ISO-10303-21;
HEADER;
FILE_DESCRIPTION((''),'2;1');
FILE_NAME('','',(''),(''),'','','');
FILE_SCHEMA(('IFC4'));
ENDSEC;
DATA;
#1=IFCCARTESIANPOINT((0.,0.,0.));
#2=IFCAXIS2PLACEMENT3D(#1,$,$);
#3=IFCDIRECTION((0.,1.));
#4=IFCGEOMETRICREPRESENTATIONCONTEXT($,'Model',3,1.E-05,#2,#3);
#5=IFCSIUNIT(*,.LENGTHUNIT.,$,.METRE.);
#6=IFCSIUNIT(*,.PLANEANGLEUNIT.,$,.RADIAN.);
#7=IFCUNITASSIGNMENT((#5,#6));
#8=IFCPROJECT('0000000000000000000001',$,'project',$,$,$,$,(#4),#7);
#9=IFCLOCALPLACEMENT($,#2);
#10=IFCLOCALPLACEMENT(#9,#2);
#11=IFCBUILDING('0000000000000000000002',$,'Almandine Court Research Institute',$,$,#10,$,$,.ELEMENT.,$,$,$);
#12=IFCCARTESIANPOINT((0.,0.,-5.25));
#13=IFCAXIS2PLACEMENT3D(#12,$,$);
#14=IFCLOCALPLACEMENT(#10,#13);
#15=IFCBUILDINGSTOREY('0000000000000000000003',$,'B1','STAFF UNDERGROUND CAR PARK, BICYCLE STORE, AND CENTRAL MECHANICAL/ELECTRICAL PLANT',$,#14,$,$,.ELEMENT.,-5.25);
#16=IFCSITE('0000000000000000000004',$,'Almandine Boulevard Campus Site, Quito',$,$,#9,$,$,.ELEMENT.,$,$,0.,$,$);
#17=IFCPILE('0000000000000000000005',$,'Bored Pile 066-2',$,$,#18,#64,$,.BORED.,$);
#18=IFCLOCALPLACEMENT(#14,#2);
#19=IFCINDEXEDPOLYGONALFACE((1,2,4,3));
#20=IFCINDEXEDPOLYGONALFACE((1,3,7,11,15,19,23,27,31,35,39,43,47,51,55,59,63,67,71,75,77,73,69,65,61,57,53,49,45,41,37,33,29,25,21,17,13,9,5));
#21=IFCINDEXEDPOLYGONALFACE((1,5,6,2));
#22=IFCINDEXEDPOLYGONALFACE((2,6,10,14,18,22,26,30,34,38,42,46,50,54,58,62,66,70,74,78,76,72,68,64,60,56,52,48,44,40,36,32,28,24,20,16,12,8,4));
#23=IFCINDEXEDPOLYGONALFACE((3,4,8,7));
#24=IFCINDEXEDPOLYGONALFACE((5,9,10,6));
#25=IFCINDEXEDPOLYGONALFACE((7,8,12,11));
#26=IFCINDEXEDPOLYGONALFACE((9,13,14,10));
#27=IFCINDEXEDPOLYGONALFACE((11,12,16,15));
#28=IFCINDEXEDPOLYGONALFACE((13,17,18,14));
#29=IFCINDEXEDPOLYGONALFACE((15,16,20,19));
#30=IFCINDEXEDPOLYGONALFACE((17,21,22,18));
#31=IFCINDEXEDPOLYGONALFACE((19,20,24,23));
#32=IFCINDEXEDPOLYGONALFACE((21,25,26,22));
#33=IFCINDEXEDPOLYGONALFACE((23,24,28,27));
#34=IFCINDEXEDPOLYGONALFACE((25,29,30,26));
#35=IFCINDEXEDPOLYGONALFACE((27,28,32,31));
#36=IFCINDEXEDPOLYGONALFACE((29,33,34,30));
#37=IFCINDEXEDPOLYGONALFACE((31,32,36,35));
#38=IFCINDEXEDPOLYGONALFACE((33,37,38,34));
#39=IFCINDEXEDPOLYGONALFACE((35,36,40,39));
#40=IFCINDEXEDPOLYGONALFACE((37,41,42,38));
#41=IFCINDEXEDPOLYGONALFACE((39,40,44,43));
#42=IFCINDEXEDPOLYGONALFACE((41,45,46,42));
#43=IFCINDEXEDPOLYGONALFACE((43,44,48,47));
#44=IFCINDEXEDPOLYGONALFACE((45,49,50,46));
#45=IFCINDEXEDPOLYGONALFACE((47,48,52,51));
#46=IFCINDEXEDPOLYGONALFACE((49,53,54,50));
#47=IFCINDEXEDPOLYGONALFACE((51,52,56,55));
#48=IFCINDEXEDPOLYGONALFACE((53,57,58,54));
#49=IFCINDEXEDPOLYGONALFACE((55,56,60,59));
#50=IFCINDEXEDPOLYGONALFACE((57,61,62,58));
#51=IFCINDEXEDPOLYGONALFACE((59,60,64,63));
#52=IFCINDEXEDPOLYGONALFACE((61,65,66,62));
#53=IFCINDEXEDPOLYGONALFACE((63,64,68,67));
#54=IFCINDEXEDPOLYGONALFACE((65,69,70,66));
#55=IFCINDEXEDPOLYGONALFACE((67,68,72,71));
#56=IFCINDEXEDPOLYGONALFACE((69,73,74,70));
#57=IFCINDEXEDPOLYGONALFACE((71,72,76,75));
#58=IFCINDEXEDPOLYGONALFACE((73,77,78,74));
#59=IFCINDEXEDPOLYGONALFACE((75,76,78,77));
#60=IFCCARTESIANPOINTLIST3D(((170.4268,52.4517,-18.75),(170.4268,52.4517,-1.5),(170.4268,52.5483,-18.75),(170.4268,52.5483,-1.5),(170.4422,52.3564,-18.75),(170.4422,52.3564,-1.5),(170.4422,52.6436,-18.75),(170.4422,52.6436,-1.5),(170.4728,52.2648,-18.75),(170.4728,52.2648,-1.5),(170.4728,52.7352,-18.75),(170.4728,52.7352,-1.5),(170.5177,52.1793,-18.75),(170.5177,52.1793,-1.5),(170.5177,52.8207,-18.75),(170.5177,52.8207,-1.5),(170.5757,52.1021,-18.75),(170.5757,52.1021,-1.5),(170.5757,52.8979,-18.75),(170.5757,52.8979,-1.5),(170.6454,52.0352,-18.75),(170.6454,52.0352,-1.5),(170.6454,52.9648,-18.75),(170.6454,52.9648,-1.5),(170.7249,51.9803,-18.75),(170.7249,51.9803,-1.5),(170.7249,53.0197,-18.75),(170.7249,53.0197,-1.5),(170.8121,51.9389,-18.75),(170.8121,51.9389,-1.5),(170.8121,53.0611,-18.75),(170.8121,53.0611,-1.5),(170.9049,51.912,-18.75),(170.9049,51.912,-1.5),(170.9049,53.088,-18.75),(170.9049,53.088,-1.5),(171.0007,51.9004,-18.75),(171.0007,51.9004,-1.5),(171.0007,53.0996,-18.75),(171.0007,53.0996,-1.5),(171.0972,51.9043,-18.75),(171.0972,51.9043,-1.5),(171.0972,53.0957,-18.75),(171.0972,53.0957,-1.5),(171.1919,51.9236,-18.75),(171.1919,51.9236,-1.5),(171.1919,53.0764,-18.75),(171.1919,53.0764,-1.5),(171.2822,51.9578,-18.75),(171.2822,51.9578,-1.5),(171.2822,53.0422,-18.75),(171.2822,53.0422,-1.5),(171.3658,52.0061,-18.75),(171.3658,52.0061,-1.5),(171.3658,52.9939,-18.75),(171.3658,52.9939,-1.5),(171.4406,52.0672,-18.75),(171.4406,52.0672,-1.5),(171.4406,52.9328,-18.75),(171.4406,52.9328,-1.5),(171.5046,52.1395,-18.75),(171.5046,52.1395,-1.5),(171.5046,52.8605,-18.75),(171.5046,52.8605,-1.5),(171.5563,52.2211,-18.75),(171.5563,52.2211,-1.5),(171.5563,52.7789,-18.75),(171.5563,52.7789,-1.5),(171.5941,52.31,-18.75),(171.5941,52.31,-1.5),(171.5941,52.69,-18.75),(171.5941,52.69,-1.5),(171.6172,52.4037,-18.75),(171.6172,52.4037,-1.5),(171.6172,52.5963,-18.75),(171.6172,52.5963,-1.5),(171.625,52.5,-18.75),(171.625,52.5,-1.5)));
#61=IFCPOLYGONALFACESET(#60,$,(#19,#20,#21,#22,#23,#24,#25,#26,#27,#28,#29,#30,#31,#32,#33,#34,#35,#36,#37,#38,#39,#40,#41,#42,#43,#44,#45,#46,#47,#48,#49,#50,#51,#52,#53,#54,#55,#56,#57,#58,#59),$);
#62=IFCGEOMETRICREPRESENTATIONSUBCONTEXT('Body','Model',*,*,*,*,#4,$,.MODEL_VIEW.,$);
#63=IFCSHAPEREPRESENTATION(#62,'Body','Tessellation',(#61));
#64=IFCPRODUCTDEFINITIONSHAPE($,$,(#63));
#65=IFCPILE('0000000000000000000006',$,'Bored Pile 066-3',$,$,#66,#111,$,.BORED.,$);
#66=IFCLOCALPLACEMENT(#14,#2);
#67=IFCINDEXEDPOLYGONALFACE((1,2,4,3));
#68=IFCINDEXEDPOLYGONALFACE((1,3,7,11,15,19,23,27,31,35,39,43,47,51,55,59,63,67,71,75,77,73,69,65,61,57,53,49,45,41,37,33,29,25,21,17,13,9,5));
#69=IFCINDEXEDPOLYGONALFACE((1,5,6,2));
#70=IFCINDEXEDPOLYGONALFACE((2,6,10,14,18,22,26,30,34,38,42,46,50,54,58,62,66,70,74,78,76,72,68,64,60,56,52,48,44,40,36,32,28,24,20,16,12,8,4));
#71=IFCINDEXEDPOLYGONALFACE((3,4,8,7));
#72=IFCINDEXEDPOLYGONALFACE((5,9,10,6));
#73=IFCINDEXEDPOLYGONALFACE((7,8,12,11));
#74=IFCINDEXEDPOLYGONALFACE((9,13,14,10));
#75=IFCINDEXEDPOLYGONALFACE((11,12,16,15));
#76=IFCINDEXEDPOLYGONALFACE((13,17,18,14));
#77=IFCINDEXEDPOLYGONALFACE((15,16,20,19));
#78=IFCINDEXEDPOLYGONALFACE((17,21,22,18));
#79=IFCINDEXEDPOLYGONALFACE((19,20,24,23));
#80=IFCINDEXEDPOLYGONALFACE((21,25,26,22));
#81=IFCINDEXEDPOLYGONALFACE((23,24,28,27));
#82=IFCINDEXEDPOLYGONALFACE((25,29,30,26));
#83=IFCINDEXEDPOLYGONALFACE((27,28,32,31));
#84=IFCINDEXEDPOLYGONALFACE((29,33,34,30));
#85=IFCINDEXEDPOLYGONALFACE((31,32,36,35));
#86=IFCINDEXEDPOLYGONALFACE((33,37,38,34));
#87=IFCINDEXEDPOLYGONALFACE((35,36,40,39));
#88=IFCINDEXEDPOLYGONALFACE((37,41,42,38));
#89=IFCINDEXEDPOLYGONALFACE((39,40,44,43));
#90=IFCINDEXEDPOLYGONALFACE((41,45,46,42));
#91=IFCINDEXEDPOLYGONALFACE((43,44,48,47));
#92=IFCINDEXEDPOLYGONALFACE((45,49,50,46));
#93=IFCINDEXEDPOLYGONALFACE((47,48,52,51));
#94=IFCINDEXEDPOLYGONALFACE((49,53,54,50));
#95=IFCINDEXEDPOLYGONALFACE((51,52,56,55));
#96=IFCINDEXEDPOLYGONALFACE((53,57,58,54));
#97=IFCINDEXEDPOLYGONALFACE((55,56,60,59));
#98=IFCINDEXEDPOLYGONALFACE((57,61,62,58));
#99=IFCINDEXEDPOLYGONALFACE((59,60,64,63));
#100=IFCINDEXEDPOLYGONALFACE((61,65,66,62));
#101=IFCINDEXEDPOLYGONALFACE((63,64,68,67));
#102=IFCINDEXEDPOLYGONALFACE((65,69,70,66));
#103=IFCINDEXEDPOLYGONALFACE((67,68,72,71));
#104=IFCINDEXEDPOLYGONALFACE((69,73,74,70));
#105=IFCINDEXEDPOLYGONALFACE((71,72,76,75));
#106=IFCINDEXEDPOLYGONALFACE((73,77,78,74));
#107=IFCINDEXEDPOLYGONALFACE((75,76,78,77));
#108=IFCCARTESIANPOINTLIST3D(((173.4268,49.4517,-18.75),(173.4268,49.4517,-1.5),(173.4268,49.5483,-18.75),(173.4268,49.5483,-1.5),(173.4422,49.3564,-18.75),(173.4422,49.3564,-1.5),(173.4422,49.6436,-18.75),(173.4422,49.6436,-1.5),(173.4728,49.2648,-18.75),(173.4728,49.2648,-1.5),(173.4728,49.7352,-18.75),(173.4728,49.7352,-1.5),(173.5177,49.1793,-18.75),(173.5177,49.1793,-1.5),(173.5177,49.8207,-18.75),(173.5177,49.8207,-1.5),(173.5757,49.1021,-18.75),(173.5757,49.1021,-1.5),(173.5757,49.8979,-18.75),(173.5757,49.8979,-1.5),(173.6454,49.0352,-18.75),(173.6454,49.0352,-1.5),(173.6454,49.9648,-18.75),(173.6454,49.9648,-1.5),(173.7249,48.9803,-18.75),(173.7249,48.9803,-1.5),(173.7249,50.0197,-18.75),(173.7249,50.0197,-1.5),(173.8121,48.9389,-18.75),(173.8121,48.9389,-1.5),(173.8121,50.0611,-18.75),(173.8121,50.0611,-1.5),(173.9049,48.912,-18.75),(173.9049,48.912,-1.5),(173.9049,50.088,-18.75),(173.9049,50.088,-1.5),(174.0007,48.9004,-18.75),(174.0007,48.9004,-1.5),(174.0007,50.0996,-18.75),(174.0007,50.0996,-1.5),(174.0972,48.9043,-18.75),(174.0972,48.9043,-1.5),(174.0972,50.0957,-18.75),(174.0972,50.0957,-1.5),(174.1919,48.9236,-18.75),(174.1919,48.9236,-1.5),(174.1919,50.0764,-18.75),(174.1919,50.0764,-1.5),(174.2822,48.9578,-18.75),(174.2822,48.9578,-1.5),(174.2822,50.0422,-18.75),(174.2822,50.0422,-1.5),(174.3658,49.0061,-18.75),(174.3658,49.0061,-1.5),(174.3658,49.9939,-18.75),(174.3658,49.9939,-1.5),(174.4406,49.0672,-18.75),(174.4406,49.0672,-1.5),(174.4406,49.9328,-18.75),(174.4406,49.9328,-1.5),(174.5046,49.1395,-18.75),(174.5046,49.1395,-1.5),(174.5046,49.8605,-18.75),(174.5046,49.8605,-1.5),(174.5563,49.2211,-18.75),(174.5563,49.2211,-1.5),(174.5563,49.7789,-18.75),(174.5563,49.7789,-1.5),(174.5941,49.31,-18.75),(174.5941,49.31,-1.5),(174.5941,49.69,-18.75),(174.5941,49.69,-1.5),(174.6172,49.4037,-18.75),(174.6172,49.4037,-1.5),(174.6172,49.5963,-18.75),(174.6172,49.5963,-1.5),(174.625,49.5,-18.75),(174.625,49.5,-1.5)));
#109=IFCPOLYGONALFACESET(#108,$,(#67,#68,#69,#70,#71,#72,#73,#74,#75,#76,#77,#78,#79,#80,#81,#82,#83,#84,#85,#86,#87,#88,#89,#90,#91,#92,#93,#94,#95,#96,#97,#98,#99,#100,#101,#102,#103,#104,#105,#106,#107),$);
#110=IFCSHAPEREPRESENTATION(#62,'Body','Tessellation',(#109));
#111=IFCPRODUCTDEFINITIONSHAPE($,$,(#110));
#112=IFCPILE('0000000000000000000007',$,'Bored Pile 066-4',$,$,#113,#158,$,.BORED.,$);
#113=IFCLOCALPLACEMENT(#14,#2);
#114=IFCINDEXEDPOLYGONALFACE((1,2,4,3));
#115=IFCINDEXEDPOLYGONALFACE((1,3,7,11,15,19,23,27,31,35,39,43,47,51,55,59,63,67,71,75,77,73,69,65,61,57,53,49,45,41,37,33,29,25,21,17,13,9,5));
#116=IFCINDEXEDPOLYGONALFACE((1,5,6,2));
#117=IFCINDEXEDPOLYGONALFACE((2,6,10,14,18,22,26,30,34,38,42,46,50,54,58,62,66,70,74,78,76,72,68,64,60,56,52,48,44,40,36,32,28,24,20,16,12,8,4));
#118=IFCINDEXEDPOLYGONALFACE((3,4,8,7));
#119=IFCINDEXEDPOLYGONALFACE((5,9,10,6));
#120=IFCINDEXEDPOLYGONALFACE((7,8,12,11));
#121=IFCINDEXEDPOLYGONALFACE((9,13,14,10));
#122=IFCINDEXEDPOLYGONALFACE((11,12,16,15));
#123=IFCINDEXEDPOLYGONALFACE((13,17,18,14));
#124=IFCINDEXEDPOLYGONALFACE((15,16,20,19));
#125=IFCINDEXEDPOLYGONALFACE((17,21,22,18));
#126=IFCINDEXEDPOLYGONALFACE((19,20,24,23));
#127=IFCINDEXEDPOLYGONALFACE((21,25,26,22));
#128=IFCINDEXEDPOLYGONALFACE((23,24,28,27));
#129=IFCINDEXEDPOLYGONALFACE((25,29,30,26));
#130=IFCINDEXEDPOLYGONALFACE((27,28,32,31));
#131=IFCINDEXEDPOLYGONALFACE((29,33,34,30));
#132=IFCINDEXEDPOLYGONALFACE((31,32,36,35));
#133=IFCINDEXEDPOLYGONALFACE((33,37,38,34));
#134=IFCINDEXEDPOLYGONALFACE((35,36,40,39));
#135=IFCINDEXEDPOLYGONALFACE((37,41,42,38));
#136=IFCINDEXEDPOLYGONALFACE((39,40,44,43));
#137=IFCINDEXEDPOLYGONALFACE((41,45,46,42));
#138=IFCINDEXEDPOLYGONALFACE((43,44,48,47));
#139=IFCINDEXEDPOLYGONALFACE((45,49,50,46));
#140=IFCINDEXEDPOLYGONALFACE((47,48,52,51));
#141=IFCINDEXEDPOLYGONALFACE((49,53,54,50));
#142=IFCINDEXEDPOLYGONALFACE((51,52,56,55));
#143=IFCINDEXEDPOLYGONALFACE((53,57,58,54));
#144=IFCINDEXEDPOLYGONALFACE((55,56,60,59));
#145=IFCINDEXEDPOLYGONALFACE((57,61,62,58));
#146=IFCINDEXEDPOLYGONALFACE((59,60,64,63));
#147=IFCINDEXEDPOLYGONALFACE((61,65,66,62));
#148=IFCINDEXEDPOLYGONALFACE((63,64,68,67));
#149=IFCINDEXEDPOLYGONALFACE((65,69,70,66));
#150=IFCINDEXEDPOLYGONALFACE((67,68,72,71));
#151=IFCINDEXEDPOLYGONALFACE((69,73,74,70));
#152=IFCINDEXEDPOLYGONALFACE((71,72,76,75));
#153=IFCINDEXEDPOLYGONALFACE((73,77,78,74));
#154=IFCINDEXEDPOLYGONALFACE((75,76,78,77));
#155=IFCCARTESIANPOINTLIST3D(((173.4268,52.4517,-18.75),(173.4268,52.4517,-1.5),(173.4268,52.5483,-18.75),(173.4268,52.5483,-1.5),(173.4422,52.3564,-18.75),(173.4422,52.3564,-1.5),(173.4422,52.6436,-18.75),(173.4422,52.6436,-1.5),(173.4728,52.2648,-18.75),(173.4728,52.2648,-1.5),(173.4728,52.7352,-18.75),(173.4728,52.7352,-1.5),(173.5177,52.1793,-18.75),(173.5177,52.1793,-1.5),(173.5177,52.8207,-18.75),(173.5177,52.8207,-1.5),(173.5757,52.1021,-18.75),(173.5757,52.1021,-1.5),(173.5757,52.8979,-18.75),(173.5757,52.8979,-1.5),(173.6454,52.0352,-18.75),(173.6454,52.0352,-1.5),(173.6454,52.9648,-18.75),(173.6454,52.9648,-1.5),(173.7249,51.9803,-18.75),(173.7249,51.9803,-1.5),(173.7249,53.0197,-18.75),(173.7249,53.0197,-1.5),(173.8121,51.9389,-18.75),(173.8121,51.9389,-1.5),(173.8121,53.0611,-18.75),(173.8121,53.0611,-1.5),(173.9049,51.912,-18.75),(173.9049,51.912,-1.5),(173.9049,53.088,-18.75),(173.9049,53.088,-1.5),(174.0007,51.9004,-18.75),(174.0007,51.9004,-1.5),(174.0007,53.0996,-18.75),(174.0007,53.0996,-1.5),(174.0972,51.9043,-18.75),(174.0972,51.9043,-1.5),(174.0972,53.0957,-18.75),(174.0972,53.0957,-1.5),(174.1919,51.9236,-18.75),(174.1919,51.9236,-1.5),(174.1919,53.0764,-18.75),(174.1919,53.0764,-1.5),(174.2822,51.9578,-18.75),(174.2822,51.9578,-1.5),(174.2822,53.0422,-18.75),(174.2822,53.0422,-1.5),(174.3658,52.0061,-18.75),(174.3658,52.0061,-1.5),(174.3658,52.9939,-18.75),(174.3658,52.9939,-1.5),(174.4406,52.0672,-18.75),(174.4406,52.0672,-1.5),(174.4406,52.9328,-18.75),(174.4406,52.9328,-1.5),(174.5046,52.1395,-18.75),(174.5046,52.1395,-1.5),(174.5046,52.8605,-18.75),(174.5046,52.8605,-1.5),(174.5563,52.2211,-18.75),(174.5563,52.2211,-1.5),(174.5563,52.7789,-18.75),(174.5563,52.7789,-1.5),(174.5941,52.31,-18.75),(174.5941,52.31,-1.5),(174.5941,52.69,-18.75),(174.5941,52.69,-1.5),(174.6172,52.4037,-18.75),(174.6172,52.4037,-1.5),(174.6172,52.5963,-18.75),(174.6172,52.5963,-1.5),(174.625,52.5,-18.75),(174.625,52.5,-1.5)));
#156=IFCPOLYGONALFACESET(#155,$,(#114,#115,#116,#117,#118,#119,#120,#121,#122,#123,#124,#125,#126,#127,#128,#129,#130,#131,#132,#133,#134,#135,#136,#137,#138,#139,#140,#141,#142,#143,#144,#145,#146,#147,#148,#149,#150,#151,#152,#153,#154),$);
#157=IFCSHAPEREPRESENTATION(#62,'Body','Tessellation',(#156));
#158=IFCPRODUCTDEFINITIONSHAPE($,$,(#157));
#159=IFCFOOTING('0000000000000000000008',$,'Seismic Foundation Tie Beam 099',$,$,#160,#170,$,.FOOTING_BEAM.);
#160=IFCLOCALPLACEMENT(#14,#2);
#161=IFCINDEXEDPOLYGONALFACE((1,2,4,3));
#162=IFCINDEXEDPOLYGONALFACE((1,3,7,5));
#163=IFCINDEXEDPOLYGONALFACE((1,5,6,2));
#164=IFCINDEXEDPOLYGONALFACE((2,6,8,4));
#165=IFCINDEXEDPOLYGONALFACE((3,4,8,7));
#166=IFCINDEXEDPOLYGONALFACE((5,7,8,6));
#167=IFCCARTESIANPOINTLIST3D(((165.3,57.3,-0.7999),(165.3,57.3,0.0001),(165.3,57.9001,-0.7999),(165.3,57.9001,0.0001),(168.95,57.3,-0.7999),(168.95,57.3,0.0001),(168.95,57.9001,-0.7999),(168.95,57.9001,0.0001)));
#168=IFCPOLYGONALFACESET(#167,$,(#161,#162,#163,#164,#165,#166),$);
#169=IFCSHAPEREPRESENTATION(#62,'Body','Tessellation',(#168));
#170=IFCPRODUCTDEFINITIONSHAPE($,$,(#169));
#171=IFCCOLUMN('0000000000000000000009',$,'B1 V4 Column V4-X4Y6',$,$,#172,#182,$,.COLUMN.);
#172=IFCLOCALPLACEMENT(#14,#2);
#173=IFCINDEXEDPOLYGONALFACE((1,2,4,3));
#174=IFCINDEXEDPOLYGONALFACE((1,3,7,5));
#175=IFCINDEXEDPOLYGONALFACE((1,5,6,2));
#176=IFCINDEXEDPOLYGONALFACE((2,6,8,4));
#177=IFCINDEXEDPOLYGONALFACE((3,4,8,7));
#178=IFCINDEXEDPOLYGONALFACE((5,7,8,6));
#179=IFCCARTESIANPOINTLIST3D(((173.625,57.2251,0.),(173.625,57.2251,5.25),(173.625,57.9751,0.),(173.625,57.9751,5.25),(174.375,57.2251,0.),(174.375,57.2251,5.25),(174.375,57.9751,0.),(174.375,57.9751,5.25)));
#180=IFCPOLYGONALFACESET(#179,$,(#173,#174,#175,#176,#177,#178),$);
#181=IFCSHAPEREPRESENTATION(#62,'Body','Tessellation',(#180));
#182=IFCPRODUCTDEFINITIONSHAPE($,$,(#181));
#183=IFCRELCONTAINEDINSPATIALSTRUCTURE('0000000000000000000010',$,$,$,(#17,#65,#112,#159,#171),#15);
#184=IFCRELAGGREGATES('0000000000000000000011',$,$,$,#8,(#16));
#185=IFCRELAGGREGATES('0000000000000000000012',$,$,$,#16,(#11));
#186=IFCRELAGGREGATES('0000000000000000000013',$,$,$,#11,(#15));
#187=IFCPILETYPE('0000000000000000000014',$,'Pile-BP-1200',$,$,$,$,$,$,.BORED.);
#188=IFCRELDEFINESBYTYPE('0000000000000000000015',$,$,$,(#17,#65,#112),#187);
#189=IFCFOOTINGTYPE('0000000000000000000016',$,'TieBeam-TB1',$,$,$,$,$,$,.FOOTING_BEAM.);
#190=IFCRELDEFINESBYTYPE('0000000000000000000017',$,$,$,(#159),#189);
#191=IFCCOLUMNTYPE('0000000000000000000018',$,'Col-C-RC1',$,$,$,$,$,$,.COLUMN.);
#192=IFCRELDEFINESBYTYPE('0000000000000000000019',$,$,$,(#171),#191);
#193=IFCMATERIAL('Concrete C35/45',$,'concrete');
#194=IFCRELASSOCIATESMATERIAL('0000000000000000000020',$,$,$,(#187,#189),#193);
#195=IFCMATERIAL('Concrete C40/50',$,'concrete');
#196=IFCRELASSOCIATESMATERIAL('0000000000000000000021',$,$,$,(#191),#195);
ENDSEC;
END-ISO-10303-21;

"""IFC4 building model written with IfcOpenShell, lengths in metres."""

from ifc_helpers import new_model, si_unit, direction, frame, origin, origin_2d, place, context, subcontext, project, spatial, rectangle, circle, extrude, material, material_profile, profile_set, type_object, element, save


model = new_model("IFC4")

# Units and contexts
model_context = context("Model", 3, precision=1e-05, world=origin(), true_north=direction((0.0, 1.0)))
body_context = subcontext(model_context, "Body", "Model", "MODEL_VIEW")
ifc_project = project(units=[si_unit("LENGTHUNIT", "METRE"), si_unit("PLANEANGLEUNIT", "RADIAN")], contexts=[model_context])

# Site, building, storey
site_placement = place(None, origin())
site = spatial("IfcSite", under=ifc_project, at=site_placement, Name="Almandine Boulevard Campus Site, Quito", CompositionType="ELEMENT", RefElevation=0.0)
building_placement = place(site_placement, origin())
building = spatial("IfcBuilding", under=site, at=building_placement, Name="Almandine Court Research Institute", CompositionType="ELEMENT")
storey_placement = place(building_placement, frame((0.0, 0.0, -5.25)))
storey = spatial("IfcBuildingStorey", under=building, at=storey_placement, Name="B1", Description="STAFF UNDERGROUND CAR PARK, BICYCLE STORE, AND CENTRAL MECHANICAL/ELECTRICAL PLANT", CompositionType="ELEMENT", Elevation=-5.25)

# Shared definitions
ifc_material_1 = material(Name="Concrete C35/45", Category="concrete")

# Piles
ifc_material_profile_1 = material_profile(ifc_material_1, circle(Radius=0.6001, at=origin_2d()), Name="BORED PILE D1200")
ifc_profile_set_1 = profile_set([ifc_material_profile_1], Name="Concrete C35/45")
pile_type_1 = type_object("IfcPileType", Name="Pile-BP-1200", PredefinedType="BORED", material=ifc_profile_set_1)
for number, where, z_axis, x_axis, name in (
    (1, (171.0249, 52.5, -1.5), (0.0, 0.0, -1.0), (1.0, 0.0, 0.0), "Bored Pile 066-2"),
    (2, (174.0249, 49.5, -1.5), (0.0, 0.0, -1.0), (1.0, 0.0, 0.0), "Bored Pile 066-3"),
    (3, (174.0249, 52.5, -1.5), (0.0, 0.0, -1.0), (1.0, 0.0, 0.0), "Bored Pile 066-4"),
):
    element("IfcPile", number, at=place(storey_placement, frame(where, z_axis=z_axis, x_axis=x_axis)), inside=storey, type_object=pile_type_1, Name=name, PredefinedType="BORED", context=body_context, shape_type="SweptSolid", body=[
        extrude(circle(Radius=0.6001, at=origin_2d()), origin(), (0.0, 0.0, 1.0), 17.25),
    ])

# Footing
ifc_material_profile_2 = material_profile(ifc_material_1, rectangle(XDim=0.6001, YDim=0.8, at=origin_2d()), Name="RC TIE 600x800")
ifc_profile_set_2 = profile_set([ifc_material_profile_2], Name="Concrete C35/45")
footing_type_1 = type_object("IfcFootingType", Name="TieBeam-TB1", PredefinedType="FOOTING_BEAM", material=ifc_profile_set_2)
footing_1_placement = place(storey_placement, frame((165.3, 57.6001, -0.3999), z_axis=(1.0, 0.0, 0.0), x_axis=(0.0, 1.0, 0.0)))
element("IfcFooting", 4, at=footing_1_placement, inside=storey, type_object=footing_type_1, Name="Seismic Foundation Tie Beam 099", PredefinedType="FOOTING_BEAM", context=body_context, shape_type="SweptSolid", body=[
    extrude(rectangle(XDim=0.6001, YDim=0.8, at=origin_2d()), origin(), (0.0, 0.0, 1.0), 3.6499),
])

# Column
ifc_material_2 = material(Name="Concrete C40/50", Category="concrete")
ifc_material_profile_3 = material_profile(ifc_material_2, rectangle(XDim=0.75, YDim=0.75, at=origin_2d()), Name="RC 750x750")
ifc_profile_set_3 = profile_set([ifc_material_profile_3], Name="Concrete C40/50")
column_type_1 = type_object("IfcColumnType", Name="Col-C-RC1", PredefinedType="COLUMN", material=ifc_profile_set_3)
column_1_placement = place(storey_placement, frame((174.0, 57.6001, 0.0), z_axis=(0.0, 0.0, 1.0), x_axis=(1.0, 0.0, 0.0)))
element("IfcColumn", 5, at=column_1_placement, inside=storey, type_object=column_type_1, Name="B1 V4 Column V4-X4Y6", PredefinedType="COLUMN", context=body_context, shape_type="SweptSolid", body=[
    extrude(rectangle(XDim=0.75, YDim=0.75, at=origin_2d()), origin(), (0.0, 0.0, 1.0), 5.25),
])

save(model, "model.ifc")
